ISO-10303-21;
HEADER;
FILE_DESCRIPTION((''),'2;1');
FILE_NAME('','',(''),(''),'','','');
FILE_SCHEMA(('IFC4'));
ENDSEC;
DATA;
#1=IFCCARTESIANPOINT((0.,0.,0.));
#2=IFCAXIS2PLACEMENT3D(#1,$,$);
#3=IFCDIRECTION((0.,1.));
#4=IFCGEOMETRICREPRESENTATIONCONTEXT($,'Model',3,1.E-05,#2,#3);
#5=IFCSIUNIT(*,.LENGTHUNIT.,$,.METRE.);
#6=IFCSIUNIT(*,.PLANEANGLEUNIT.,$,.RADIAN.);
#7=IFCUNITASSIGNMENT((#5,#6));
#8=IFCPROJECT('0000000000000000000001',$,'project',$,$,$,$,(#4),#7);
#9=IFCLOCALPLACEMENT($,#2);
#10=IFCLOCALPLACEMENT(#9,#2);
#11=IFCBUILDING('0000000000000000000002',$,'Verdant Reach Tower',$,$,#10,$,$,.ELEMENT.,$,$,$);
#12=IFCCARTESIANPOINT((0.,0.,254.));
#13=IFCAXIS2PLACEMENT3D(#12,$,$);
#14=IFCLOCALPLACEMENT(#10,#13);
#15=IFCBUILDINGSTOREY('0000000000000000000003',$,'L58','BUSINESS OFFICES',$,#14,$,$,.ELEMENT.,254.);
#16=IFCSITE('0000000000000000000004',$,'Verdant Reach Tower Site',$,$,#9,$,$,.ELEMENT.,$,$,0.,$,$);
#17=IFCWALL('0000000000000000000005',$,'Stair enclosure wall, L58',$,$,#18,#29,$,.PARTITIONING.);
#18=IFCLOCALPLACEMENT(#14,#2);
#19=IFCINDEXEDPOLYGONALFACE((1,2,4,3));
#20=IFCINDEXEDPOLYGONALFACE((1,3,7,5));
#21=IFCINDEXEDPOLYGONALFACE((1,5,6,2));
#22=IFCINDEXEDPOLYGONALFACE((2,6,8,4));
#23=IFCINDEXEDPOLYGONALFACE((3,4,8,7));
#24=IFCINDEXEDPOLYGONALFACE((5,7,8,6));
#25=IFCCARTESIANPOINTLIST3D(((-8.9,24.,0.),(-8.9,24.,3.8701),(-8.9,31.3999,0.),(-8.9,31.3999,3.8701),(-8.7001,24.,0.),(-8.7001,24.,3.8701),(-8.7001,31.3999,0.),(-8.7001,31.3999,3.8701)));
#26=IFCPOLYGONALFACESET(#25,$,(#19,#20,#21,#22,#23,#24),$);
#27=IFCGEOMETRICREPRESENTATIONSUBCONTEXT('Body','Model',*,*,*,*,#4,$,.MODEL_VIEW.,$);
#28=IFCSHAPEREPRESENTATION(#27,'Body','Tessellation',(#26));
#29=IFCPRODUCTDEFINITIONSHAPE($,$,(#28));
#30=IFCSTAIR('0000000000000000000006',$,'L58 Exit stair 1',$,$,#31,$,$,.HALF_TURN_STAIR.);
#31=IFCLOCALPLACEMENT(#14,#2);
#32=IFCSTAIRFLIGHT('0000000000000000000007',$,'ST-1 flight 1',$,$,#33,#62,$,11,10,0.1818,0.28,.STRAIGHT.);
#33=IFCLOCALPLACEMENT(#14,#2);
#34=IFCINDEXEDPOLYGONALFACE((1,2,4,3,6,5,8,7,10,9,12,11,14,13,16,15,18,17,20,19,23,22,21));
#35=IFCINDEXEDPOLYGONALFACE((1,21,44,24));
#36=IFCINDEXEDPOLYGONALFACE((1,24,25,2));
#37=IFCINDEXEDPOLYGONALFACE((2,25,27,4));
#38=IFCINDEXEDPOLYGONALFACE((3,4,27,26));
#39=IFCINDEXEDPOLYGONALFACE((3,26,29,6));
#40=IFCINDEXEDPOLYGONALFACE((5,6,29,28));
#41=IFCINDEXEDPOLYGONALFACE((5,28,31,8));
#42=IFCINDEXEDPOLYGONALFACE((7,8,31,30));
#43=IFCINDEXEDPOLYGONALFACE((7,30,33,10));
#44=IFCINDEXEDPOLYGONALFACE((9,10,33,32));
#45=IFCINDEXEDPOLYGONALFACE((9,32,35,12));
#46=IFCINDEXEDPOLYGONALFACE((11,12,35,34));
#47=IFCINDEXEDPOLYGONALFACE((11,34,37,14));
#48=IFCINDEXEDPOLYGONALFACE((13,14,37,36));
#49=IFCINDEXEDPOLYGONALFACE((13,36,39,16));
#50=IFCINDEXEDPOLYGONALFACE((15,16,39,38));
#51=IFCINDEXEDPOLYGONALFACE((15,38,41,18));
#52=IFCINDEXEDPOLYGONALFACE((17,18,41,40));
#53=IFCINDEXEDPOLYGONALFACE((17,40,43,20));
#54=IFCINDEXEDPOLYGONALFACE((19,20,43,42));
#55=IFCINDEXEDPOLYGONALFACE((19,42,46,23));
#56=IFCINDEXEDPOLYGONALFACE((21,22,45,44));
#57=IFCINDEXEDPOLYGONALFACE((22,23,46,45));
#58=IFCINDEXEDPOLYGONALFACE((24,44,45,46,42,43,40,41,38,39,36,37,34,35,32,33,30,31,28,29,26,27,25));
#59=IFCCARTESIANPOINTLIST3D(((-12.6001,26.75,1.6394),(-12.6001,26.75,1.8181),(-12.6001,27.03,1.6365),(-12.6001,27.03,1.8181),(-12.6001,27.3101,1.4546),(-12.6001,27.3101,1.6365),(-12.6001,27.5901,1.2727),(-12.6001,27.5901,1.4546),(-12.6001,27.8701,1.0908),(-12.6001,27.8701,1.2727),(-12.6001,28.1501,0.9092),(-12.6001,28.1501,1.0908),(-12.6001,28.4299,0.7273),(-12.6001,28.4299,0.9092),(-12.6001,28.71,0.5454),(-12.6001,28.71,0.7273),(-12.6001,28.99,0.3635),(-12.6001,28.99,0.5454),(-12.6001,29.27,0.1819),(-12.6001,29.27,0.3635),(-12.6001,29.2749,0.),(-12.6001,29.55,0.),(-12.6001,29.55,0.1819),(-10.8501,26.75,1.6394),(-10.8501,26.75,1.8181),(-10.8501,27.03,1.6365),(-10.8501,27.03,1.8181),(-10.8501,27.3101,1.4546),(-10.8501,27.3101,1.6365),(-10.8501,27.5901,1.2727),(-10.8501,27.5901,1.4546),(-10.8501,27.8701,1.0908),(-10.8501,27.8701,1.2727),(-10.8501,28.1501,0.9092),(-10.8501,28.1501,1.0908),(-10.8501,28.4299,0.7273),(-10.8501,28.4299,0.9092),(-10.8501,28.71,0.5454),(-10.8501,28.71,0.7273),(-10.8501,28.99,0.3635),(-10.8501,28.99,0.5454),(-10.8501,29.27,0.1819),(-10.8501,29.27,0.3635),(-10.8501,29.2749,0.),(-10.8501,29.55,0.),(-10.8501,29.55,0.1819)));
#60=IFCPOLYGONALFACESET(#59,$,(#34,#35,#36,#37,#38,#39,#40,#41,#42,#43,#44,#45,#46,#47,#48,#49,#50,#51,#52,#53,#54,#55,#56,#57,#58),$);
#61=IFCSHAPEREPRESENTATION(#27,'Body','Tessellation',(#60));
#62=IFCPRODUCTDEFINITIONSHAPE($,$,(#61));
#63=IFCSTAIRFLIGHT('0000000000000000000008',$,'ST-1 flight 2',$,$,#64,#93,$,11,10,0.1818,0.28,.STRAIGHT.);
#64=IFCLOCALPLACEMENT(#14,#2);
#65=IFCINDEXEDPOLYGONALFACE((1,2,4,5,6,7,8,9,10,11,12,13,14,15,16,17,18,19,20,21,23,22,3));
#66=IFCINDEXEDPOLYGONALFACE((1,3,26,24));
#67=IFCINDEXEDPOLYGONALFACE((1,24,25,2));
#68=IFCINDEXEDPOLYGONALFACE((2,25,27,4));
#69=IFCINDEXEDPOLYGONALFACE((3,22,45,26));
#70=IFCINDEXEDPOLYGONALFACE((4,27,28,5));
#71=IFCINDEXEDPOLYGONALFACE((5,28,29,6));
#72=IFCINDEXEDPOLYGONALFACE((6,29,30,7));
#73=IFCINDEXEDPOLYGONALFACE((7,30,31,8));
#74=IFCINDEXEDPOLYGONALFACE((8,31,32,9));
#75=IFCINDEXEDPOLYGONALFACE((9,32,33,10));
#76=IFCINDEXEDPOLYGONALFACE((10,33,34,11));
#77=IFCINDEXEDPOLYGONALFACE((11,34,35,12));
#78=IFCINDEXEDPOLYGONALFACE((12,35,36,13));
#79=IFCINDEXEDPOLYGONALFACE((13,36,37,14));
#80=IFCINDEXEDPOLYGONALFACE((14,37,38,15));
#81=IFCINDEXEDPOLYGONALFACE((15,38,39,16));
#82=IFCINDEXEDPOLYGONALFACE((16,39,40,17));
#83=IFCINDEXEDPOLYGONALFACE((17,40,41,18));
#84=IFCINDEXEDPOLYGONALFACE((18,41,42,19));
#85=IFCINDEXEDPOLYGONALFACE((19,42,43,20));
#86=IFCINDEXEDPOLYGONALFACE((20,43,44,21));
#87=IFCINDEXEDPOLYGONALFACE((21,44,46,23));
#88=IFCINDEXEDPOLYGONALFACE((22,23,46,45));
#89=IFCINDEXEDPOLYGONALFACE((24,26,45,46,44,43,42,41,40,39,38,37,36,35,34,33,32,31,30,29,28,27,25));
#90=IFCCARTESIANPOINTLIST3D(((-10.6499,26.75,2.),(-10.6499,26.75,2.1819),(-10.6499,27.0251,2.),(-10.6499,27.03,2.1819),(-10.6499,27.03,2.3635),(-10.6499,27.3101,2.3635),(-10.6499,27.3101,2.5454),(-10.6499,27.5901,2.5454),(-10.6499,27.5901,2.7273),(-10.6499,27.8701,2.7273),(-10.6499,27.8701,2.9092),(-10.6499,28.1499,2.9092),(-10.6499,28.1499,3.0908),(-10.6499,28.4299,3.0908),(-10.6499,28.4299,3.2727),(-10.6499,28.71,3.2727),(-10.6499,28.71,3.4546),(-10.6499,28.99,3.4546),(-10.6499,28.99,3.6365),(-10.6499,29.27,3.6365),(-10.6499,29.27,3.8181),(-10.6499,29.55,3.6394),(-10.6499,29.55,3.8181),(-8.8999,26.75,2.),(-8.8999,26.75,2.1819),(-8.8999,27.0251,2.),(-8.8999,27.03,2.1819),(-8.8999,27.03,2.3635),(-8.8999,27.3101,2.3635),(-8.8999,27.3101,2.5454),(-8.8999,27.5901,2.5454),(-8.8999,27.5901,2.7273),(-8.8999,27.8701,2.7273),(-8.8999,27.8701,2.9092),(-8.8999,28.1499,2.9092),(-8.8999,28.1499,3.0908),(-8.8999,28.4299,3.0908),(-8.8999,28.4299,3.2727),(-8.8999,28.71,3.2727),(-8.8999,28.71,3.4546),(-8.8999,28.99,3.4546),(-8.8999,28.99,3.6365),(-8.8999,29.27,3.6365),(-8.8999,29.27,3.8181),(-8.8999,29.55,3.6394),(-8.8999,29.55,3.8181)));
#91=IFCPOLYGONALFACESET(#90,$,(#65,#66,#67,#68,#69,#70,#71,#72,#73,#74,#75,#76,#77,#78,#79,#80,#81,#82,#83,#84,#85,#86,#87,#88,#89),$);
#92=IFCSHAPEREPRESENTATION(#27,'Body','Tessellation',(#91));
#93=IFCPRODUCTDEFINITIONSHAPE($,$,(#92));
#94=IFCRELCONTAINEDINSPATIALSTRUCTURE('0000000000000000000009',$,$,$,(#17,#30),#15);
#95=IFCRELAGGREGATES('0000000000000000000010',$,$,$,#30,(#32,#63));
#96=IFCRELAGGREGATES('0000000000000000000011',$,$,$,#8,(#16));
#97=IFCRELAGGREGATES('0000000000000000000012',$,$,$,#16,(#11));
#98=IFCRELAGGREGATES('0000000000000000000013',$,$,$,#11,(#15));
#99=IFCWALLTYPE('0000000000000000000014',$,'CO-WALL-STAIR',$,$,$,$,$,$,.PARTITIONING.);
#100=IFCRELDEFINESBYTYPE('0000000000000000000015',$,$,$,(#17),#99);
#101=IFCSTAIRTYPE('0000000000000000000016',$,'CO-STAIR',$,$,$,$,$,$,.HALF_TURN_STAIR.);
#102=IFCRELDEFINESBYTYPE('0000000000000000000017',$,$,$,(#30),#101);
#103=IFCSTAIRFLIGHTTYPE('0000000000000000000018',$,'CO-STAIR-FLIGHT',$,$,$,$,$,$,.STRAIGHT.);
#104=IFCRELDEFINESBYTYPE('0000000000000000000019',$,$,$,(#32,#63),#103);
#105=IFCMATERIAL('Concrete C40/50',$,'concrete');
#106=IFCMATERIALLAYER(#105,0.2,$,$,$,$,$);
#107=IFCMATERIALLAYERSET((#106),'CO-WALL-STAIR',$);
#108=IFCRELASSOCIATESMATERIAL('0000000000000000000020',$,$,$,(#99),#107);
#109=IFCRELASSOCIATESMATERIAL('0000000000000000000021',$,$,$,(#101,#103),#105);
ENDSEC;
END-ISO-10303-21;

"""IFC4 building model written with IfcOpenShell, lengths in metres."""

from ifc_helpers import new_model, si_unit, direction, frame, frame_2d, origin, place, context, subcontext, project, spatial, polyline, rectangle, outline, extrude, material, layer, layer_set, type_object, element, aggregate, save


model = new_model("IFC4")

# Units and contexts
model_context = context("Model", 3, precision=1e-05, world=origin(), true_north=direction((0.0, 1.0)))
body_context = subcontext(model_context, "Body", "Model", "MODEL_VIEW")
ifc_project = project(units=[si_unit("LENGTHUNIT", "METRE"), si_unit("PLANEANGLEUNIT", "RADIAN")], contexts=[model_context])

# Site, building, storey
site_placement = place(None, origin())
site = spatial("IfcSite", under=ifc_project, at=site_placement, Name="Verdant Reach Tower Site", CompositionType="ELEMENT", RefElevation=0.0)
building_placement = place(site_placement, origin())
building = spatial("IfcBuilding", under=site, at=building_placement, Name="Verdant Reach Tower", CompositionType="ELEMENT")
storey_placement = place(building_placement, frame((0.0, 0.0, 254.0)))
storey = spatial("IfcBuildingStorey", under=building, at=storey_placement, Name="L58", Description="BUSINESS OFFICES", CompositionType="ELEMENT", Elevation=254.0)

# Shared definitions
ifc_material_1 = material(Name="Concrete C40/50", Category="concrete")

# Shared definitions
ifc_layer_1 = layer(ifc_material_1, 0.2)
ifc_layer_set_1 = layer_set([ifc_layer_1], Name="CO-WALL-STAIR")
wall_type_1 = type_object("IfcWallType", Name="CO-WALL-STAIR", PredefinedType="PARTITIONING", material=ifc_layer_set_1)

# Wall
wall_1_placement = place(storey_placement, frame((-8.8, 24.0, 0.0), z_axis=(0.0, 0.0, 1.0), x_axis=(0.0, 1.0, 0.0)))
element("IfcWall", 1, at=wall_1_placement, inside=storey, type_object=wall_type_1, Name="Stair enclosure wall, L58", PredefinedType="PARTITIONING", context=body_context, shape_type="SweptSolid", body=[
    extrude(rectangle(XDim=7.3999, YDim=0.2, at=frame_2d((3.7, 0.0))), origin(), (0.0, 0.0, 1.0), 3.8701),
])

# Stair, stair flights
stair_type = type_object("IfcStairType", Name="CO-STAIR", PredefinedType="HALF_TURN_STAIR", material=ifc_material_1)
stair_placement = place(storey_placement, origin())
stair = element("IfcStair", 2, at=stair_placement, inside=storey, type_object=stair_type, Name="L58 Exit stair 1", PredefinedType="HALF_TURN_STAIR")
stair_flight_type = type_object("IfcStairFlightType", Name="CO-STAIR-FLIGHT", PredefinedType="STRAIGHT", material=ifc_material_1)
stair_flight_1_placement = place(storey_placement, frame((-11.7251, 29.55, 0.0), z_axis=(0.0, 0.0, 1.0), x_axis=(0.0, -1.0, 0.0)))
stair_flight_1 = element("IfcStairFlight", 3, at=stair_flight_1_placement, type_object=stair_flight_type, Name="ST-1 flight 1", NumberOfRisers=11, NumberOfTreads=10, PredefinedType="STRAIGHT", RiserHeight=0.1818, TreadLength=0.28, context=body_context, shape_type="SweptSolid", body=[
    extrude(outline(polyline([(0.0, 0.0), (0.0, 0.1819), (0.28, 0.1819), (0.28, 0.3635), (0.5601, 0.3635), (0.5601, 0.5454), (0.8401, 0.5454), (0.8401, 0.7273), (1.1201, 0.7273), (1.1201, 0.9092), (1.3999, 0.9092), (1.3999, 1.0908), (1.6799, 1.0908), (1.6799, 1.2727), (1.96, 1.2727), (1.96, 1.4546), (2.24, 1.4546), (2.24, 1.6365), (2.52, 1.6365), (2.52, 1.8181), (2.8, 1.8181), (2.8, 2.0), (2.8, 1.6394), (0.2751, 0.0), (0.0, 0.0)])), frame((0.0, 0.875, 0.0), z_axis=(0.0, -1.0, 0.0), x_axis=(1.0, 0.0, 0.0)), (0.0, 0.0, 1.0), 1.75),
])
stair_flight_2_placement = place(storey_placement, frame((-9.7749, 26.75, 2.0), z_axis=(0.0, 0.0, 1.0), x_axis=(0.0, 1.0, 0.0)))
stair_flight_2 = element("IfcStairFlight", 4, at=stair_flight_2_placement, type_object=stair_flight_type, Name="ST-1 flight 2", NumberOfRisers=11, NumberOfTreads=10, PredefinedType="STRAIGHT", RiserHeight=0.1818, TreadLength=0.28, context=body_context, shape_type="SweptSolid", body=[
    extrude(outline(polyline([(0.0, 0.0), (0.0, 0.1819), (0.28, 0.1819), (0.28, 0.3635), (0.5601, 0.3635), (0.5601, 0.5454), (0.8401, 0.5454), (0.8401, 0.7273), (1.1201, 0.7273), (1.1201, 0.9092), (1.3999, 0.9092), (1.3999, 1.0908), (1.6799, 1.0908), (1.6799, 1.2727), (1.96, 1.2727), (1.96, 1.4546), (2.24, 1.4546), (2.24, 1.6365), (2.52, 1.6365), (2.52, 1.8181), (2.8, 1.8181), (2.8, 2.0), (2.8, 1.6394), (0.2751, 0.0), (0.0, 0.0)])), frame((0.0, 0.875, 0.0), z_axis=(0.0, -1.0, 0.0), x_axis=(1.0, 0.0, 0.0)), (0.0, 0.0, 1.0), 1.75),
])
aggregate(stair, [stair_flight_1, stair_flight_2])

save(model, "model.ifc")
